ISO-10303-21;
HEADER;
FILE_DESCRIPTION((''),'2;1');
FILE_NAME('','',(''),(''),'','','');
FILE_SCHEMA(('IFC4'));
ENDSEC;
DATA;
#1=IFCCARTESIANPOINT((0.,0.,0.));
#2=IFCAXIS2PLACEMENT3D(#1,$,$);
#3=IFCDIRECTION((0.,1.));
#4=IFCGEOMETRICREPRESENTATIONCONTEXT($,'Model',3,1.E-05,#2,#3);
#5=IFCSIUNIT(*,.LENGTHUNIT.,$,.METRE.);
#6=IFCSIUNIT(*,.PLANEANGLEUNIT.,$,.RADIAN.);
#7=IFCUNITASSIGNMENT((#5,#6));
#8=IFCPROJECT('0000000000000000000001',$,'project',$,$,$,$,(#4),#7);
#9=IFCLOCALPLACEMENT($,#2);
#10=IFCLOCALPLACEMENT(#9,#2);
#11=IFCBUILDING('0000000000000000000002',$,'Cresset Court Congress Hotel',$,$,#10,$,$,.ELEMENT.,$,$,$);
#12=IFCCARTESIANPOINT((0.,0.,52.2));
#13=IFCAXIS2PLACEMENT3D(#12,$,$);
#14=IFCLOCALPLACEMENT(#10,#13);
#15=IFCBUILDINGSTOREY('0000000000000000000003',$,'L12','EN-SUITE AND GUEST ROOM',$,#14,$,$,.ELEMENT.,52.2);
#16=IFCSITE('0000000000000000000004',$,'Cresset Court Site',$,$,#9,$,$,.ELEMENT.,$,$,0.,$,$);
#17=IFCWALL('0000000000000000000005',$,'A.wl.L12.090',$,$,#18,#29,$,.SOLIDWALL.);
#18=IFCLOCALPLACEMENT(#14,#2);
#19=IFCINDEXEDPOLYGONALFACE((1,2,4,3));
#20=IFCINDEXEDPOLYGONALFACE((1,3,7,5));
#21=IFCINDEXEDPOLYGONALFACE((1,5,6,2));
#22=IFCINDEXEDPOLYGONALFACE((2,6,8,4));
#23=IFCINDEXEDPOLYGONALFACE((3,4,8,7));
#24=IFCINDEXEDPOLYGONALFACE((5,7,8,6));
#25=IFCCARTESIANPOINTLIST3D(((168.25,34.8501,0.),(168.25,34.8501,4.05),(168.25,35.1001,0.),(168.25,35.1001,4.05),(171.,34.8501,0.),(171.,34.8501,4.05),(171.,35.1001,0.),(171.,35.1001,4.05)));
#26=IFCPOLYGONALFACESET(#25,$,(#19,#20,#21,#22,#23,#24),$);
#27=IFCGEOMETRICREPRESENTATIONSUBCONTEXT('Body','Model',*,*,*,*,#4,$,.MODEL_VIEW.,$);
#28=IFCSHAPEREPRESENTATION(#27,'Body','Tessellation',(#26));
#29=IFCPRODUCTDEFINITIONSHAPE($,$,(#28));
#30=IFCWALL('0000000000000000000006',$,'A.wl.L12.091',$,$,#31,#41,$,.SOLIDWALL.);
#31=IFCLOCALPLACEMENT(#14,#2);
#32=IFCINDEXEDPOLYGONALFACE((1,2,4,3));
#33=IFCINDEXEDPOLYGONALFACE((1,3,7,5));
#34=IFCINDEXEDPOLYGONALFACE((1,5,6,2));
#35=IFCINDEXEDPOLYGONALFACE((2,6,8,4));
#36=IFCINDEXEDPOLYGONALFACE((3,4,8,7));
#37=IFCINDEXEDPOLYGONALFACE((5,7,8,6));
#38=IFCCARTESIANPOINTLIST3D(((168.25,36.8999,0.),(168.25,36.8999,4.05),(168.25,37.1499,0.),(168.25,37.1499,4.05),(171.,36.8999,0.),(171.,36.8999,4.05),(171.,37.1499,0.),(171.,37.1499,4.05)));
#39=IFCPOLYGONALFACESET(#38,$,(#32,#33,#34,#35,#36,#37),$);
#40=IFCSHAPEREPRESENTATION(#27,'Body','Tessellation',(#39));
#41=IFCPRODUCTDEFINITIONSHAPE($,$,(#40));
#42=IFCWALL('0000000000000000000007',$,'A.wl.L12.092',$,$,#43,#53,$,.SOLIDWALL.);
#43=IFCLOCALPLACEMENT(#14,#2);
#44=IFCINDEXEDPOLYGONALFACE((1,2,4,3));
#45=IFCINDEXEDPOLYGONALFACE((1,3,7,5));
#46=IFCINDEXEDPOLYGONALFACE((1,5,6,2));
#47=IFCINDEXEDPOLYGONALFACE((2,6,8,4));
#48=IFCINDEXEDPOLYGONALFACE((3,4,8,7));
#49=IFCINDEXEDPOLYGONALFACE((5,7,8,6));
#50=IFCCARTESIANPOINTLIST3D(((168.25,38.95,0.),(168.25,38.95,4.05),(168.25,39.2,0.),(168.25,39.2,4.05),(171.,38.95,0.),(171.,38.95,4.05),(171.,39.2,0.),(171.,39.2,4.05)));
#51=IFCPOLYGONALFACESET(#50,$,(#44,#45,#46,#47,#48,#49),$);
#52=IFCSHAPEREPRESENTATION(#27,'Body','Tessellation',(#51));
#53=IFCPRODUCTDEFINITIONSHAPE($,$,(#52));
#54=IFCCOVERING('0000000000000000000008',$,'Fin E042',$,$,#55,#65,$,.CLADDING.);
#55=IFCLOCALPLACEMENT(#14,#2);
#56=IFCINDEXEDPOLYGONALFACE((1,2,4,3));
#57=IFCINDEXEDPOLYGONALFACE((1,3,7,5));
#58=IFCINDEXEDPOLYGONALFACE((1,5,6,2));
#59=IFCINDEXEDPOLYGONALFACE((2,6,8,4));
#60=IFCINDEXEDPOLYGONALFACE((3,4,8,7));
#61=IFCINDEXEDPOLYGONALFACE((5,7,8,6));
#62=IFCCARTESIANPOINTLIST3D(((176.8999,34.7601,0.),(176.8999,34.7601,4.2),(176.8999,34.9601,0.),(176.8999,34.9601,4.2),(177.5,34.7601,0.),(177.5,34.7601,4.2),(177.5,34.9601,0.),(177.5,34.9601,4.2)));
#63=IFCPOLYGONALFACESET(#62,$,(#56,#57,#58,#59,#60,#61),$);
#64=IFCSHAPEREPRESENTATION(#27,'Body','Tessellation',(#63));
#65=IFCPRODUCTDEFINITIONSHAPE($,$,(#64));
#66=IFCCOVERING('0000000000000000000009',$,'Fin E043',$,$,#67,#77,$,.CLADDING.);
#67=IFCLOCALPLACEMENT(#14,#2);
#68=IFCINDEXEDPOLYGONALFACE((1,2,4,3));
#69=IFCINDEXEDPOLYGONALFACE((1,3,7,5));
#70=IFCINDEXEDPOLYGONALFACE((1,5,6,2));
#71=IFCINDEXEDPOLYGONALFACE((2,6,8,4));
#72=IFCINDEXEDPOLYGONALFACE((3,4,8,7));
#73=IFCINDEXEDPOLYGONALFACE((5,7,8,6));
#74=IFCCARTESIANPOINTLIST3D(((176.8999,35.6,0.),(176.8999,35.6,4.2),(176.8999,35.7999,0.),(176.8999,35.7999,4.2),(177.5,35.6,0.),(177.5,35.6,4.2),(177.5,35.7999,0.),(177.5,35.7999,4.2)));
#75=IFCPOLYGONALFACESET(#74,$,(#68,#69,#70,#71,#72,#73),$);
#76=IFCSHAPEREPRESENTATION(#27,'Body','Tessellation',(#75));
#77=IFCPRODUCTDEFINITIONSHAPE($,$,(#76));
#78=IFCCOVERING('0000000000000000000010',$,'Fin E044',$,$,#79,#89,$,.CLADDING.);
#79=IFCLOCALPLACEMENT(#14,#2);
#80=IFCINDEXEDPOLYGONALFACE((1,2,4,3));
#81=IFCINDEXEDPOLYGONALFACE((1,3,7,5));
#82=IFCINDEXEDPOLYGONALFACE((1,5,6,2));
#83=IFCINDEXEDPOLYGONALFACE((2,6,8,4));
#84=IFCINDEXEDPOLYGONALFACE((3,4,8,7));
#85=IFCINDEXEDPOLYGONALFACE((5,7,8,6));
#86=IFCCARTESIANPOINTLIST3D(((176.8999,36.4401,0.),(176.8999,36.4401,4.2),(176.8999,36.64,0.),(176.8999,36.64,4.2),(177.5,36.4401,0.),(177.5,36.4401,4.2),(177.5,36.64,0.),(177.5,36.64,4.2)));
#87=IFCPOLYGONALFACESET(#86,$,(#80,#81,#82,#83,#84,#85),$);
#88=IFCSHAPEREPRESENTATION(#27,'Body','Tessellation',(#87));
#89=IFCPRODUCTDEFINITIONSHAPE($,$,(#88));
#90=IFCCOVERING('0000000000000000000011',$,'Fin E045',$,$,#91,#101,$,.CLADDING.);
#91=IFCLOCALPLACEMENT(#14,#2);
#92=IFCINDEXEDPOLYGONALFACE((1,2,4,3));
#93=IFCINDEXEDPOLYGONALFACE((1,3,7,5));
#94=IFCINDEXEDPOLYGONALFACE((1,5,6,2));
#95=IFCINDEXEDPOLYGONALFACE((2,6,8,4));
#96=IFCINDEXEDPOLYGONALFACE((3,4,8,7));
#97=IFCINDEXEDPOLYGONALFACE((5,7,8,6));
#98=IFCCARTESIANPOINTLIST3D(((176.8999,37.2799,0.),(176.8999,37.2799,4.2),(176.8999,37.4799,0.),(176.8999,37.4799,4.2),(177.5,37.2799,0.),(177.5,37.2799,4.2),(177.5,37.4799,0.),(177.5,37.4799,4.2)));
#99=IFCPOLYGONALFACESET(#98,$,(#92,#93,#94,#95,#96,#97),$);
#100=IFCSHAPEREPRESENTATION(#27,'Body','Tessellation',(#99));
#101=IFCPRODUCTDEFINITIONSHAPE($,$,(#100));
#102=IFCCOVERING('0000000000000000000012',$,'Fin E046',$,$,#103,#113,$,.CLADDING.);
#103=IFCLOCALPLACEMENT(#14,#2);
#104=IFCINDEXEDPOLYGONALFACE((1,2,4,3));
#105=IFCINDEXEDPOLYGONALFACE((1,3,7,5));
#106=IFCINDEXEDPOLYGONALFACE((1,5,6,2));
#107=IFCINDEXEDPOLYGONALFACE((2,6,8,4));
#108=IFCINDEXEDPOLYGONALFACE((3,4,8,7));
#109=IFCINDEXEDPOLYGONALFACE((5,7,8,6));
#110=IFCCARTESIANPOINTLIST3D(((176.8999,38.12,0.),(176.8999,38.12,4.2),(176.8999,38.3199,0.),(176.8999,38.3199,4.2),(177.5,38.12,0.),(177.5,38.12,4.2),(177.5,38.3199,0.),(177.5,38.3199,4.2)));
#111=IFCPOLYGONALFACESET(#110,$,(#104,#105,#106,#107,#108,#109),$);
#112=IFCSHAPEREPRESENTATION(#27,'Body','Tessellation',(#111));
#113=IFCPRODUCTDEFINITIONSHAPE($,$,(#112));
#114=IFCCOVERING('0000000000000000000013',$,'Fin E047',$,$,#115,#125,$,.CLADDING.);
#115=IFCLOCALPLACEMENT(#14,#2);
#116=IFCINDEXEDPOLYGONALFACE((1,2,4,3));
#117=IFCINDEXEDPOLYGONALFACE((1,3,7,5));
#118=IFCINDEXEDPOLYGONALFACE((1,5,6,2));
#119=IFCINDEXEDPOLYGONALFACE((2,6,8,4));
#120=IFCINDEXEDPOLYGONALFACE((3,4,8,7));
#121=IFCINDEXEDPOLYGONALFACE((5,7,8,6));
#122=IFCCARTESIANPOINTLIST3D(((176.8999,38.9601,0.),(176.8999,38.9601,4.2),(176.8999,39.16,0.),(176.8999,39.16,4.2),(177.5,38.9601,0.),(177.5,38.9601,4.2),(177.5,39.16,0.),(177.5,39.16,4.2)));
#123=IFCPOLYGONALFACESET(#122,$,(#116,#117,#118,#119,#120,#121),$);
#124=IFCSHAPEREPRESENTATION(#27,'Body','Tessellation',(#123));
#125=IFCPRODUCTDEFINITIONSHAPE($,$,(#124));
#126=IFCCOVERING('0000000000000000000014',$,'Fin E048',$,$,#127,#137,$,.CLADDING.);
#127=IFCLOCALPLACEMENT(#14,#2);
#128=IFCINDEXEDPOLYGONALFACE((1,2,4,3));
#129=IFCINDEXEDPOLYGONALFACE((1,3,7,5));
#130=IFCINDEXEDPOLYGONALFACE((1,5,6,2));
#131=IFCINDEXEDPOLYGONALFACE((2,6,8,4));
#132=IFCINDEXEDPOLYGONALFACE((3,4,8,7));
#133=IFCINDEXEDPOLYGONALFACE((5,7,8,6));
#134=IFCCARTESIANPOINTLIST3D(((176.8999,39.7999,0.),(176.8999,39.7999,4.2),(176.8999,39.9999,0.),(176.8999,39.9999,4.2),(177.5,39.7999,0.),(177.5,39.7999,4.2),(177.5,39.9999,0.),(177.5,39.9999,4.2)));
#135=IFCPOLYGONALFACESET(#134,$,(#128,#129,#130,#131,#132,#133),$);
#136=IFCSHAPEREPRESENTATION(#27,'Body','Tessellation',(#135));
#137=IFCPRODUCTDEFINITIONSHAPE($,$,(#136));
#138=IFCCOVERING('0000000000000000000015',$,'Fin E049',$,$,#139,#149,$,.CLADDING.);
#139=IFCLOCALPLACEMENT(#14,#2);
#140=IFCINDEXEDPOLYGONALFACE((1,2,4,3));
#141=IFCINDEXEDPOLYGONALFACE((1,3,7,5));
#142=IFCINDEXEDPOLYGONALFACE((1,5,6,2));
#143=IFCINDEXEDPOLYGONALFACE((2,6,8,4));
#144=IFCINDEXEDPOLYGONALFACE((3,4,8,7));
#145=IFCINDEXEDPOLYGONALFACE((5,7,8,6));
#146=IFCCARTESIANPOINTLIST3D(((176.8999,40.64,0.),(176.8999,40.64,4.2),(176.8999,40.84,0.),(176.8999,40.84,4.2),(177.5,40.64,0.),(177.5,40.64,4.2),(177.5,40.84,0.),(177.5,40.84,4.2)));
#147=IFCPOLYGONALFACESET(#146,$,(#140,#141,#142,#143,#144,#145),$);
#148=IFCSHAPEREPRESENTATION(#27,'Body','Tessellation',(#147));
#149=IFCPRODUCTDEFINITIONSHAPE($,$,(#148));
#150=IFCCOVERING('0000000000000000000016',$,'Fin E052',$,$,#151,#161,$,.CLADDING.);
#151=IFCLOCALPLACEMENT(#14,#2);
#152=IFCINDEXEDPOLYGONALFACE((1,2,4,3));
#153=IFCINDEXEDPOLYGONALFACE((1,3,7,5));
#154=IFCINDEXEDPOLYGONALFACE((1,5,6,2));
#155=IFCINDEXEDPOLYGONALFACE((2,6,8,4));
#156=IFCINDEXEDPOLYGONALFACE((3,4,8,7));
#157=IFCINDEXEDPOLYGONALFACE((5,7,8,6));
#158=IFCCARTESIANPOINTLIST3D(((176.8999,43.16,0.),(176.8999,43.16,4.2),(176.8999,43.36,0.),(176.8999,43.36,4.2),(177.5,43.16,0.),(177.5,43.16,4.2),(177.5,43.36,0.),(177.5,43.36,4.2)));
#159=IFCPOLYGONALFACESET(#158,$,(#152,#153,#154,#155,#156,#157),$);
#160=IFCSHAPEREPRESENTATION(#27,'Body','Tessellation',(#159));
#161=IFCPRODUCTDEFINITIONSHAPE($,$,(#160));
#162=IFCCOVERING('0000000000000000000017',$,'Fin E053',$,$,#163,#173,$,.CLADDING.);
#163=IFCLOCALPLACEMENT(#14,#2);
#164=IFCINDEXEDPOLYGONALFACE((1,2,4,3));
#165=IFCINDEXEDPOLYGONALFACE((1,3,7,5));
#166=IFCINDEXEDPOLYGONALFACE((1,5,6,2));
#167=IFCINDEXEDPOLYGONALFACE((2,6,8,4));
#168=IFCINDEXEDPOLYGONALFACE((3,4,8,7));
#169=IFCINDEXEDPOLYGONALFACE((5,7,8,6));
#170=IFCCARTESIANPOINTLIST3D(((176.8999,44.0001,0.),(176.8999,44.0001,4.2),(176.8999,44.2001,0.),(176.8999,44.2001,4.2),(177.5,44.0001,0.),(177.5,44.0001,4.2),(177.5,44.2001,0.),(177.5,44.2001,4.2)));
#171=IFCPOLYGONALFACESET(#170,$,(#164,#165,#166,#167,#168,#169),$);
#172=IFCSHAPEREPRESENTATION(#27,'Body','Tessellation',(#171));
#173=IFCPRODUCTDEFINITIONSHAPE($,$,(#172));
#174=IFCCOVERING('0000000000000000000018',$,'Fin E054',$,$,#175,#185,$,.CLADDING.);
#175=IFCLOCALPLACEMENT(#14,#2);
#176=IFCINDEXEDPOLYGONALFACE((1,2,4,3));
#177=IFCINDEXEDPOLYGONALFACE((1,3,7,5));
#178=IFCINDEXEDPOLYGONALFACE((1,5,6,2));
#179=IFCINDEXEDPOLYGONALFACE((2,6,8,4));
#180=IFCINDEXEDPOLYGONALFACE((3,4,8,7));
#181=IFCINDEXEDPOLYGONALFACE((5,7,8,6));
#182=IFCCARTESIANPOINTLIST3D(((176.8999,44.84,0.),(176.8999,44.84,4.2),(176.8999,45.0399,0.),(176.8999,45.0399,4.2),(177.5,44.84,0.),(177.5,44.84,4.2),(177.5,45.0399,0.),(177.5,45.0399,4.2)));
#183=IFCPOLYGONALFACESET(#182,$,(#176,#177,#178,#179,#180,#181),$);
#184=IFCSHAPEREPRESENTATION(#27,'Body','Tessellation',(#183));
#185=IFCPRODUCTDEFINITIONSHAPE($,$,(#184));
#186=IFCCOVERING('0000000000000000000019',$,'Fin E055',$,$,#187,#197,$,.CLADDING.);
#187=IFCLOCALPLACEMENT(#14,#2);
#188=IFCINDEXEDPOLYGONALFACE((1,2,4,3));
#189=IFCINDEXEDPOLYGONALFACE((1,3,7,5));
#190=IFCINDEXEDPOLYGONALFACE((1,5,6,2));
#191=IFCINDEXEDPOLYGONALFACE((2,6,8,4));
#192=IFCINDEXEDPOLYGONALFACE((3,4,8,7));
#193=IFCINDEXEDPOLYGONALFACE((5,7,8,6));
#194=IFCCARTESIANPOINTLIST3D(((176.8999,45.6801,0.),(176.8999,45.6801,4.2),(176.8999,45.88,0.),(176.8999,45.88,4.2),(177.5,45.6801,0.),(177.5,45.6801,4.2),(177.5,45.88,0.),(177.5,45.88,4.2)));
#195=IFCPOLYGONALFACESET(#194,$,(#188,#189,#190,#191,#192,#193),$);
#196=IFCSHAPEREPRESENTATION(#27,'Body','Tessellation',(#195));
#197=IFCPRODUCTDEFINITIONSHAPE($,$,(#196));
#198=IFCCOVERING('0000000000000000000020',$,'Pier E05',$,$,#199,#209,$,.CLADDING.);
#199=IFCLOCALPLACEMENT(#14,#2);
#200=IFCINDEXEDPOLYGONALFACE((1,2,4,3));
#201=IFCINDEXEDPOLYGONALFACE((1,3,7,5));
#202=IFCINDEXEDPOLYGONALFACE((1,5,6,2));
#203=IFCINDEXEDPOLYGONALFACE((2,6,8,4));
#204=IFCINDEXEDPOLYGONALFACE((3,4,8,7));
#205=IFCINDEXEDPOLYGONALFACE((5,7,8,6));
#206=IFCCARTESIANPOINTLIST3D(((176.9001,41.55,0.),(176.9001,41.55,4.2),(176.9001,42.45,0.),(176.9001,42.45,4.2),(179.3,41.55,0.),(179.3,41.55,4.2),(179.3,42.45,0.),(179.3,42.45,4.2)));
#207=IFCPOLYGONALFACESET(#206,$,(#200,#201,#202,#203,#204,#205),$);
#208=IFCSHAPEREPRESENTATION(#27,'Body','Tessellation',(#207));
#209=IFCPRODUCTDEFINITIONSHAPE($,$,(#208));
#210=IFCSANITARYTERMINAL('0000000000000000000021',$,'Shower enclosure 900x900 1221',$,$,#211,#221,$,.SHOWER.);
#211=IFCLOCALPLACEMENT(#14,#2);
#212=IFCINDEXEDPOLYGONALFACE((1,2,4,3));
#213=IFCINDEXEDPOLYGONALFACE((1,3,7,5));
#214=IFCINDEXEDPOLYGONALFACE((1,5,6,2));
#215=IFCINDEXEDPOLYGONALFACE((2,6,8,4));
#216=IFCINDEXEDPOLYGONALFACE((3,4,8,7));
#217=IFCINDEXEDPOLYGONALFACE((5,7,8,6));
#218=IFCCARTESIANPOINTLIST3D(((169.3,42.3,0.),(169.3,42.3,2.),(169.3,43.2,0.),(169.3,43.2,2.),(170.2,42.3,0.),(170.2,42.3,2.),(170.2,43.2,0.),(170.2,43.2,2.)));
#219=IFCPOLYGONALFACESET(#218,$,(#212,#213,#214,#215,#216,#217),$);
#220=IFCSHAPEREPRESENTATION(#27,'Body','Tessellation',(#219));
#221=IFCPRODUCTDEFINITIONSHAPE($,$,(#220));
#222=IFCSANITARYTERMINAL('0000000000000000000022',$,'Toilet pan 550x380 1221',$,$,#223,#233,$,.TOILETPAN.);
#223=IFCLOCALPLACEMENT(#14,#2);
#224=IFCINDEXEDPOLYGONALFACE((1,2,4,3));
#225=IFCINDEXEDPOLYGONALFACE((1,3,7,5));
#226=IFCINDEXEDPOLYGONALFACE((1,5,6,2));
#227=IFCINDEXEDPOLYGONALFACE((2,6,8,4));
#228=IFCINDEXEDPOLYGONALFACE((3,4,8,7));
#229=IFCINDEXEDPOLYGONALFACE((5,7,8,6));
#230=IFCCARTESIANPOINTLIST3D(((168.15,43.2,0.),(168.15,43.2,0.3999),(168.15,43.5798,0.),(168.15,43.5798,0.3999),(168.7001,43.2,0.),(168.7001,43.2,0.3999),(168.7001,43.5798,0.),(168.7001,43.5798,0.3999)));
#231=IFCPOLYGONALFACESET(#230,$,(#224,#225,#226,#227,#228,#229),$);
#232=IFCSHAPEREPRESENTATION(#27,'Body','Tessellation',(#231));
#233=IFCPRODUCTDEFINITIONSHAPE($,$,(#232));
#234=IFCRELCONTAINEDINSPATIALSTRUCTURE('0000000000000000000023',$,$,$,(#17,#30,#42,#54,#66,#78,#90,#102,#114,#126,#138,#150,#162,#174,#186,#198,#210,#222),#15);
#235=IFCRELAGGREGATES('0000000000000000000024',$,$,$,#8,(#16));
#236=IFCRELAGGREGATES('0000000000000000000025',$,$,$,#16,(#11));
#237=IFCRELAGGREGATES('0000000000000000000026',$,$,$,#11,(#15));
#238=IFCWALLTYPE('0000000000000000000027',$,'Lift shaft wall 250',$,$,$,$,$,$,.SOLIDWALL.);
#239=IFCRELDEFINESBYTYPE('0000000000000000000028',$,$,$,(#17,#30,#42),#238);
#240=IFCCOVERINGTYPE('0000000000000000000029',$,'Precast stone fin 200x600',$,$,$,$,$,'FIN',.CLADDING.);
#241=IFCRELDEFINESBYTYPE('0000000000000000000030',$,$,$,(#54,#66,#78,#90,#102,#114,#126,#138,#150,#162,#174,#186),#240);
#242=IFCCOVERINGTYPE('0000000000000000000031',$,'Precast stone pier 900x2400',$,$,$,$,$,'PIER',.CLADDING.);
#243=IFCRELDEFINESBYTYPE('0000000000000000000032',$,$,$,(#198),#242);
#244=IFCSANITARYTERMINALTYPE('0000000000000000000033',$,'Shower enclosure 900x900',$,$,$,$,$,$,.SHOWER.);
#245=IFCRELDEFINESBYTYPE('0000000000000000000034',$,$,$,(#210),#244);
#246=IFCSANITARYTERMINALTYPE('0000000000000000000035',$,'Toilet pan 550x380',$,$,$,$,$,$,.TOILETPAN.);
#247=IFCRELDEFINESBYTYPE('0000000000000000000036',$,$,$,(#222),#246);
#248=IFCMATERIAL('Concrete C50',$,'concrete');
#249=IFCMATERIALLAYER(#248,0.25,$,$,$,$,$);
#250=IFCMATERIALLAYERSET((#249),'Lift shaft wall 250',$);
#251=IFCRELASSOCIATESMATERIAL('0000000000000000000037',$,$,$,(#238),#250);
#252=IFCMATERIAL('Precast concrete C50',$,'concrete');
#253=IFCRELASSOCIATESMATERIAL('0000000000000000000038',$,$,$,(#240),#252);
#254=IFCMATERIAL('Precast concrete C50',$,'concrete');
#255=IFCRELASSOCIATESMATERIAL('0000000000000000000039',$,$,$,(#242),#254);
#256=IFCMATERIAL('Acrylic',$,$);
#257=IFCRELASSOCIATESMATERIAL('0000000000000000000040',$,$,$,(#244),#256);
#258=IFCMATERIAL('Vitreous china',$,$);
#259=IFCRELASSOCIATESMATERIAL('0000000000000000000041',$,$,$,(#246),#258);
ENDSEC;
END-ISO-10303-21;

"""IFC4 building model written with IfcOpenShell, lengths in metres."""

from ifc_helpers import new_model, si_unit, direction, frame, frame_2d, origin, origin_2d, place, context, subcontext, project, spatial, rectangle, extrude, material, layer, layer_set, type_object, element, save


model = new_model("IFC4")

# Units and contexts
model_context = context("Model", 3, precision=1e-05, world=origin(), true_north=direction((0.0, 1.0)))
body_context = subcontext(model_context, "Body", "Model", "MODEL_VIEW")
ifc_project = project(units=[si_unit("LENGTHUNIT", "METRE"), si_unit("PLANEANGLEUNIT", "RADIAN")], contexts=[model_context])

# Site, building, storey
site_placement = place(None, origin())
site = spatial("IfcSite", under=ifc_project, at=site_placement, Name="Cresset Court Site", CompositionType="ELEMENT", RefElevation=0.0)
building_placement = place(site_placement, origin())
building = spatial("IfcBuilding", under=site, at=building_placement, Name="Cresset Court Congress Hotel", CompositionType="ELEMENT")
storey_placement = place(building_placement, frame((0.0, 0.0, 52.2)))
storey = spatial("IfcBuildingStorey", under=building, at=storey_placement, Name="L12", Description="EN-SUITE AND GUEST ROOM", CompositionType="ELEMENT", Elevation=52.2)

# Walls
ifc_material_1 = material(Name="Concrete C50", Category="concrete")
ifc_layer_1 = layer(ifc_material_1, 0.25)
ifc_layer_set_1 = layer_set([ifc_layer_1], Name="Lift shaft wall 250")
wall_type_1 = type_object("IfcWallType", Name="Lift shaft wall 250", PredefinedType="SOLIDWALL", material=ifc_layer_set_1)
for number, where, z_axis, x_axis, name in (
    (1, (168.25, 34.9751, 0.0), (0.0, 0.0, 1.0), (1.0, 0.0, 0.0), "A.wl.L12.090"),
    (2, (168.25, 37.0249, 0.0), (0.0, 0.0, 1.0), (1.0, 0.0, 0.0), "A.wl.L12.091"),
    (3, (168.25, 39.075, 0.0), (0.0, 0.0, 1.0), (1.0, 0.0, 0.0), "A.wl.L12.092"),
):
    element("IfcWall", number, at=place(storey_placement, frame(where, z_axis=z_axis, x_axis=x_axis)), inside=storey, type_object=wall_type_1, Name=name, PredefinedType="SOLIDWALL", context=body_context, shape_type="SweptSolid", body=[
        extrude(rectangle(XDim=2.75, YDim=0.25, at=frame_2d((1.375, 0.0))), origin(), (0.0, 0.0, 1.0), 4.05),
    ])

# Coverings
ifc_material_2 = material(Name="Precast concrete C50", Category="concrete")
covering_type_1 = type_object("IfcCoveringType", Name="Precast stone fin 200x600", ElementType="FIN", PredefinedType="CLADDING", material=ifc_material_2)
for number, where, z_axis, x_axis, name in (
    (4, (177.2, 34.8601, 0.0), (0.0, 0.0, 1.0), (1.0, 0.0, 0.0), "Fin E042"),
    (5, (177.2, 35.7, 0.0), (0.0, 0.0, 1.0), (1.0, 0.0, 0.0), "Fin E043"),
    (6, (177.2, 36.54, 0.0), (0.0, 0.0, 1.0), (1.0, 0.0, 0.0), "Fin E044"),
    (7, (177.2, 37.3799, 0.0), (0.0, 0.0, 1.0), (1.0, 0.0, 0.0), "Fin E045"),
    (8, (177.2, 38.22, 0.0), (0.0, 0.0, 1.0), (1.0, 0.0, 0.0), "Fin E046"),
    (9, (177.2, 39.0601, 0.0), (0.0, 0.0, 1.0), (1.0, 0.0, 0.0), "Fin E047"),
    (10, (177.2, 39.8999, 0.0), (0.0, 0.0, 1.0), (1.0, 0.0, 0.0), "Fin E048"),
    (11, (177.2, 40.74, 0.0), (0.0, 0.0, 1.0), (1.0, 0.0, 0.0), "Fin E049"),
    (12, (177.2, 43.26, 0.0), (0.0, 0.0, 1.0), (1.0, 0.0, 0.0), "Fin E052"),
    (13, (177.2, 44.1001, 0.0), (0.0, 0.0, 1.0), (1.0, 0.0, 0.0), "Fin E053"),
    (14, (177.2, 44.9399, 0.0), (0.0, 0.0, 1.0), (1.0, 0.0, 0.0), "Fin E054"),
    (15, (177.2, 45.78, 0.0), (0.0, 0.0, 1.0), (1.0, 0.0, 0.0), "Fin E055"),
):
    element("IfcCovering", number, at=place(storey_placement, frame(where, z_axis=z_axis, x_axis=x_axis)), inside=storey, type_object=covering_type_1, Name=name, PredefinedType="CLADDING", context=body_context, shape_type="SweptSolid", body=[
        extrude(rectangle(XDim=0.6001, YDim=0.2, at=origin_2d()), origin(), (0.0, 0.0, 1.0), 4.2),
    ])
ifc_material_3 = material(Name="Precast concrete C50", Category="concrete")
covering_type_2 = type_object("IfcCoveringType", Name="Precast stone pier 900x2400", ElementType="PIER", PredefinedType="CLADDING", material=ifc_material_3)
covering_placement = place(storey_placement, frame((178.1001, 42.0, 0.0), z_axis=(0.0, 0.0, 1.0), x_axis=(1.0, 0.0, 0.0)))
element("IfcCovering", 16, at=covering_placement, inside=storey, type_object=covering_type_2, Name="Pier E05", PredefinedType="CLADDING", context=body_context, shape_type="SweptSolid", body=[
    extrude(rectangle(XDim=2.3999, YDim=0.8999, at=origin_2d()), origin(), (0.0, 0.0, 1.0), 4.2),
])

# Sanitary terminals
ifc_material_4 = material(Name="Acrylic")
sanitary_terminal_type_1 = type_object("IfcSanitaryTerminalType", Name="Shower enclosure 900x900", PredefinedType="SHOWER", material=ifc_material_4)
sanitary_terminal_1_placement = place(storey_placement, frame((169.75, 42.75, 0.0), z_axis=(0.0, 0.0, 1.0), x_axis=(1.0, 0.0, 0.0)))
element("IfcSanitaryTerminal", 17, at=sanitary_terminal_1_placement, inside=storey, type_object=sanitary_terminal_type_1, Name="Shower enclosure 900x900 1221", PredefinedType="SHOWER", context=body_context, shape_type="SweptSolid", body=[
    extrude(rectangle(XDim=0.8999, YDim=0.8999, at=origin_2d()), origin(), (0.0, 0.0, 1.0), 2.0),
])
ifc_material_5 = material(Name="Vitreous china")
sanitary_terminal_type_2 = type_object("IfcSanitaryTerminalType", Name="Toilet pan 550x380", PredefinedType="TOILETPAN", material=ifc_material_5)
sanitary_terminal_2_placement = place(storey_placement, frame((168.425, 43.3899, 0.0), z_axis=(0.0, 0.0, 1.0), x_axis=(1.0, 0.0, 0.0)))
element("IfcSanitaryTerminal", 18, at=sanitary_terminal_2_placement, inside=storey, type_object=sanitary_terminal_type_2, Name="Toilet pan 550x380 1221", PredefinedType="TOILETPAN", context=body_context, shape_type="SweptSolid", body=[
    extrude(rectangle(XDim=0.55, YDim=0.3799, at=origin_2d()), origin(), (0.0, 0.0, 1.0), 0.3999),
])

save(model, "model.ifc")
